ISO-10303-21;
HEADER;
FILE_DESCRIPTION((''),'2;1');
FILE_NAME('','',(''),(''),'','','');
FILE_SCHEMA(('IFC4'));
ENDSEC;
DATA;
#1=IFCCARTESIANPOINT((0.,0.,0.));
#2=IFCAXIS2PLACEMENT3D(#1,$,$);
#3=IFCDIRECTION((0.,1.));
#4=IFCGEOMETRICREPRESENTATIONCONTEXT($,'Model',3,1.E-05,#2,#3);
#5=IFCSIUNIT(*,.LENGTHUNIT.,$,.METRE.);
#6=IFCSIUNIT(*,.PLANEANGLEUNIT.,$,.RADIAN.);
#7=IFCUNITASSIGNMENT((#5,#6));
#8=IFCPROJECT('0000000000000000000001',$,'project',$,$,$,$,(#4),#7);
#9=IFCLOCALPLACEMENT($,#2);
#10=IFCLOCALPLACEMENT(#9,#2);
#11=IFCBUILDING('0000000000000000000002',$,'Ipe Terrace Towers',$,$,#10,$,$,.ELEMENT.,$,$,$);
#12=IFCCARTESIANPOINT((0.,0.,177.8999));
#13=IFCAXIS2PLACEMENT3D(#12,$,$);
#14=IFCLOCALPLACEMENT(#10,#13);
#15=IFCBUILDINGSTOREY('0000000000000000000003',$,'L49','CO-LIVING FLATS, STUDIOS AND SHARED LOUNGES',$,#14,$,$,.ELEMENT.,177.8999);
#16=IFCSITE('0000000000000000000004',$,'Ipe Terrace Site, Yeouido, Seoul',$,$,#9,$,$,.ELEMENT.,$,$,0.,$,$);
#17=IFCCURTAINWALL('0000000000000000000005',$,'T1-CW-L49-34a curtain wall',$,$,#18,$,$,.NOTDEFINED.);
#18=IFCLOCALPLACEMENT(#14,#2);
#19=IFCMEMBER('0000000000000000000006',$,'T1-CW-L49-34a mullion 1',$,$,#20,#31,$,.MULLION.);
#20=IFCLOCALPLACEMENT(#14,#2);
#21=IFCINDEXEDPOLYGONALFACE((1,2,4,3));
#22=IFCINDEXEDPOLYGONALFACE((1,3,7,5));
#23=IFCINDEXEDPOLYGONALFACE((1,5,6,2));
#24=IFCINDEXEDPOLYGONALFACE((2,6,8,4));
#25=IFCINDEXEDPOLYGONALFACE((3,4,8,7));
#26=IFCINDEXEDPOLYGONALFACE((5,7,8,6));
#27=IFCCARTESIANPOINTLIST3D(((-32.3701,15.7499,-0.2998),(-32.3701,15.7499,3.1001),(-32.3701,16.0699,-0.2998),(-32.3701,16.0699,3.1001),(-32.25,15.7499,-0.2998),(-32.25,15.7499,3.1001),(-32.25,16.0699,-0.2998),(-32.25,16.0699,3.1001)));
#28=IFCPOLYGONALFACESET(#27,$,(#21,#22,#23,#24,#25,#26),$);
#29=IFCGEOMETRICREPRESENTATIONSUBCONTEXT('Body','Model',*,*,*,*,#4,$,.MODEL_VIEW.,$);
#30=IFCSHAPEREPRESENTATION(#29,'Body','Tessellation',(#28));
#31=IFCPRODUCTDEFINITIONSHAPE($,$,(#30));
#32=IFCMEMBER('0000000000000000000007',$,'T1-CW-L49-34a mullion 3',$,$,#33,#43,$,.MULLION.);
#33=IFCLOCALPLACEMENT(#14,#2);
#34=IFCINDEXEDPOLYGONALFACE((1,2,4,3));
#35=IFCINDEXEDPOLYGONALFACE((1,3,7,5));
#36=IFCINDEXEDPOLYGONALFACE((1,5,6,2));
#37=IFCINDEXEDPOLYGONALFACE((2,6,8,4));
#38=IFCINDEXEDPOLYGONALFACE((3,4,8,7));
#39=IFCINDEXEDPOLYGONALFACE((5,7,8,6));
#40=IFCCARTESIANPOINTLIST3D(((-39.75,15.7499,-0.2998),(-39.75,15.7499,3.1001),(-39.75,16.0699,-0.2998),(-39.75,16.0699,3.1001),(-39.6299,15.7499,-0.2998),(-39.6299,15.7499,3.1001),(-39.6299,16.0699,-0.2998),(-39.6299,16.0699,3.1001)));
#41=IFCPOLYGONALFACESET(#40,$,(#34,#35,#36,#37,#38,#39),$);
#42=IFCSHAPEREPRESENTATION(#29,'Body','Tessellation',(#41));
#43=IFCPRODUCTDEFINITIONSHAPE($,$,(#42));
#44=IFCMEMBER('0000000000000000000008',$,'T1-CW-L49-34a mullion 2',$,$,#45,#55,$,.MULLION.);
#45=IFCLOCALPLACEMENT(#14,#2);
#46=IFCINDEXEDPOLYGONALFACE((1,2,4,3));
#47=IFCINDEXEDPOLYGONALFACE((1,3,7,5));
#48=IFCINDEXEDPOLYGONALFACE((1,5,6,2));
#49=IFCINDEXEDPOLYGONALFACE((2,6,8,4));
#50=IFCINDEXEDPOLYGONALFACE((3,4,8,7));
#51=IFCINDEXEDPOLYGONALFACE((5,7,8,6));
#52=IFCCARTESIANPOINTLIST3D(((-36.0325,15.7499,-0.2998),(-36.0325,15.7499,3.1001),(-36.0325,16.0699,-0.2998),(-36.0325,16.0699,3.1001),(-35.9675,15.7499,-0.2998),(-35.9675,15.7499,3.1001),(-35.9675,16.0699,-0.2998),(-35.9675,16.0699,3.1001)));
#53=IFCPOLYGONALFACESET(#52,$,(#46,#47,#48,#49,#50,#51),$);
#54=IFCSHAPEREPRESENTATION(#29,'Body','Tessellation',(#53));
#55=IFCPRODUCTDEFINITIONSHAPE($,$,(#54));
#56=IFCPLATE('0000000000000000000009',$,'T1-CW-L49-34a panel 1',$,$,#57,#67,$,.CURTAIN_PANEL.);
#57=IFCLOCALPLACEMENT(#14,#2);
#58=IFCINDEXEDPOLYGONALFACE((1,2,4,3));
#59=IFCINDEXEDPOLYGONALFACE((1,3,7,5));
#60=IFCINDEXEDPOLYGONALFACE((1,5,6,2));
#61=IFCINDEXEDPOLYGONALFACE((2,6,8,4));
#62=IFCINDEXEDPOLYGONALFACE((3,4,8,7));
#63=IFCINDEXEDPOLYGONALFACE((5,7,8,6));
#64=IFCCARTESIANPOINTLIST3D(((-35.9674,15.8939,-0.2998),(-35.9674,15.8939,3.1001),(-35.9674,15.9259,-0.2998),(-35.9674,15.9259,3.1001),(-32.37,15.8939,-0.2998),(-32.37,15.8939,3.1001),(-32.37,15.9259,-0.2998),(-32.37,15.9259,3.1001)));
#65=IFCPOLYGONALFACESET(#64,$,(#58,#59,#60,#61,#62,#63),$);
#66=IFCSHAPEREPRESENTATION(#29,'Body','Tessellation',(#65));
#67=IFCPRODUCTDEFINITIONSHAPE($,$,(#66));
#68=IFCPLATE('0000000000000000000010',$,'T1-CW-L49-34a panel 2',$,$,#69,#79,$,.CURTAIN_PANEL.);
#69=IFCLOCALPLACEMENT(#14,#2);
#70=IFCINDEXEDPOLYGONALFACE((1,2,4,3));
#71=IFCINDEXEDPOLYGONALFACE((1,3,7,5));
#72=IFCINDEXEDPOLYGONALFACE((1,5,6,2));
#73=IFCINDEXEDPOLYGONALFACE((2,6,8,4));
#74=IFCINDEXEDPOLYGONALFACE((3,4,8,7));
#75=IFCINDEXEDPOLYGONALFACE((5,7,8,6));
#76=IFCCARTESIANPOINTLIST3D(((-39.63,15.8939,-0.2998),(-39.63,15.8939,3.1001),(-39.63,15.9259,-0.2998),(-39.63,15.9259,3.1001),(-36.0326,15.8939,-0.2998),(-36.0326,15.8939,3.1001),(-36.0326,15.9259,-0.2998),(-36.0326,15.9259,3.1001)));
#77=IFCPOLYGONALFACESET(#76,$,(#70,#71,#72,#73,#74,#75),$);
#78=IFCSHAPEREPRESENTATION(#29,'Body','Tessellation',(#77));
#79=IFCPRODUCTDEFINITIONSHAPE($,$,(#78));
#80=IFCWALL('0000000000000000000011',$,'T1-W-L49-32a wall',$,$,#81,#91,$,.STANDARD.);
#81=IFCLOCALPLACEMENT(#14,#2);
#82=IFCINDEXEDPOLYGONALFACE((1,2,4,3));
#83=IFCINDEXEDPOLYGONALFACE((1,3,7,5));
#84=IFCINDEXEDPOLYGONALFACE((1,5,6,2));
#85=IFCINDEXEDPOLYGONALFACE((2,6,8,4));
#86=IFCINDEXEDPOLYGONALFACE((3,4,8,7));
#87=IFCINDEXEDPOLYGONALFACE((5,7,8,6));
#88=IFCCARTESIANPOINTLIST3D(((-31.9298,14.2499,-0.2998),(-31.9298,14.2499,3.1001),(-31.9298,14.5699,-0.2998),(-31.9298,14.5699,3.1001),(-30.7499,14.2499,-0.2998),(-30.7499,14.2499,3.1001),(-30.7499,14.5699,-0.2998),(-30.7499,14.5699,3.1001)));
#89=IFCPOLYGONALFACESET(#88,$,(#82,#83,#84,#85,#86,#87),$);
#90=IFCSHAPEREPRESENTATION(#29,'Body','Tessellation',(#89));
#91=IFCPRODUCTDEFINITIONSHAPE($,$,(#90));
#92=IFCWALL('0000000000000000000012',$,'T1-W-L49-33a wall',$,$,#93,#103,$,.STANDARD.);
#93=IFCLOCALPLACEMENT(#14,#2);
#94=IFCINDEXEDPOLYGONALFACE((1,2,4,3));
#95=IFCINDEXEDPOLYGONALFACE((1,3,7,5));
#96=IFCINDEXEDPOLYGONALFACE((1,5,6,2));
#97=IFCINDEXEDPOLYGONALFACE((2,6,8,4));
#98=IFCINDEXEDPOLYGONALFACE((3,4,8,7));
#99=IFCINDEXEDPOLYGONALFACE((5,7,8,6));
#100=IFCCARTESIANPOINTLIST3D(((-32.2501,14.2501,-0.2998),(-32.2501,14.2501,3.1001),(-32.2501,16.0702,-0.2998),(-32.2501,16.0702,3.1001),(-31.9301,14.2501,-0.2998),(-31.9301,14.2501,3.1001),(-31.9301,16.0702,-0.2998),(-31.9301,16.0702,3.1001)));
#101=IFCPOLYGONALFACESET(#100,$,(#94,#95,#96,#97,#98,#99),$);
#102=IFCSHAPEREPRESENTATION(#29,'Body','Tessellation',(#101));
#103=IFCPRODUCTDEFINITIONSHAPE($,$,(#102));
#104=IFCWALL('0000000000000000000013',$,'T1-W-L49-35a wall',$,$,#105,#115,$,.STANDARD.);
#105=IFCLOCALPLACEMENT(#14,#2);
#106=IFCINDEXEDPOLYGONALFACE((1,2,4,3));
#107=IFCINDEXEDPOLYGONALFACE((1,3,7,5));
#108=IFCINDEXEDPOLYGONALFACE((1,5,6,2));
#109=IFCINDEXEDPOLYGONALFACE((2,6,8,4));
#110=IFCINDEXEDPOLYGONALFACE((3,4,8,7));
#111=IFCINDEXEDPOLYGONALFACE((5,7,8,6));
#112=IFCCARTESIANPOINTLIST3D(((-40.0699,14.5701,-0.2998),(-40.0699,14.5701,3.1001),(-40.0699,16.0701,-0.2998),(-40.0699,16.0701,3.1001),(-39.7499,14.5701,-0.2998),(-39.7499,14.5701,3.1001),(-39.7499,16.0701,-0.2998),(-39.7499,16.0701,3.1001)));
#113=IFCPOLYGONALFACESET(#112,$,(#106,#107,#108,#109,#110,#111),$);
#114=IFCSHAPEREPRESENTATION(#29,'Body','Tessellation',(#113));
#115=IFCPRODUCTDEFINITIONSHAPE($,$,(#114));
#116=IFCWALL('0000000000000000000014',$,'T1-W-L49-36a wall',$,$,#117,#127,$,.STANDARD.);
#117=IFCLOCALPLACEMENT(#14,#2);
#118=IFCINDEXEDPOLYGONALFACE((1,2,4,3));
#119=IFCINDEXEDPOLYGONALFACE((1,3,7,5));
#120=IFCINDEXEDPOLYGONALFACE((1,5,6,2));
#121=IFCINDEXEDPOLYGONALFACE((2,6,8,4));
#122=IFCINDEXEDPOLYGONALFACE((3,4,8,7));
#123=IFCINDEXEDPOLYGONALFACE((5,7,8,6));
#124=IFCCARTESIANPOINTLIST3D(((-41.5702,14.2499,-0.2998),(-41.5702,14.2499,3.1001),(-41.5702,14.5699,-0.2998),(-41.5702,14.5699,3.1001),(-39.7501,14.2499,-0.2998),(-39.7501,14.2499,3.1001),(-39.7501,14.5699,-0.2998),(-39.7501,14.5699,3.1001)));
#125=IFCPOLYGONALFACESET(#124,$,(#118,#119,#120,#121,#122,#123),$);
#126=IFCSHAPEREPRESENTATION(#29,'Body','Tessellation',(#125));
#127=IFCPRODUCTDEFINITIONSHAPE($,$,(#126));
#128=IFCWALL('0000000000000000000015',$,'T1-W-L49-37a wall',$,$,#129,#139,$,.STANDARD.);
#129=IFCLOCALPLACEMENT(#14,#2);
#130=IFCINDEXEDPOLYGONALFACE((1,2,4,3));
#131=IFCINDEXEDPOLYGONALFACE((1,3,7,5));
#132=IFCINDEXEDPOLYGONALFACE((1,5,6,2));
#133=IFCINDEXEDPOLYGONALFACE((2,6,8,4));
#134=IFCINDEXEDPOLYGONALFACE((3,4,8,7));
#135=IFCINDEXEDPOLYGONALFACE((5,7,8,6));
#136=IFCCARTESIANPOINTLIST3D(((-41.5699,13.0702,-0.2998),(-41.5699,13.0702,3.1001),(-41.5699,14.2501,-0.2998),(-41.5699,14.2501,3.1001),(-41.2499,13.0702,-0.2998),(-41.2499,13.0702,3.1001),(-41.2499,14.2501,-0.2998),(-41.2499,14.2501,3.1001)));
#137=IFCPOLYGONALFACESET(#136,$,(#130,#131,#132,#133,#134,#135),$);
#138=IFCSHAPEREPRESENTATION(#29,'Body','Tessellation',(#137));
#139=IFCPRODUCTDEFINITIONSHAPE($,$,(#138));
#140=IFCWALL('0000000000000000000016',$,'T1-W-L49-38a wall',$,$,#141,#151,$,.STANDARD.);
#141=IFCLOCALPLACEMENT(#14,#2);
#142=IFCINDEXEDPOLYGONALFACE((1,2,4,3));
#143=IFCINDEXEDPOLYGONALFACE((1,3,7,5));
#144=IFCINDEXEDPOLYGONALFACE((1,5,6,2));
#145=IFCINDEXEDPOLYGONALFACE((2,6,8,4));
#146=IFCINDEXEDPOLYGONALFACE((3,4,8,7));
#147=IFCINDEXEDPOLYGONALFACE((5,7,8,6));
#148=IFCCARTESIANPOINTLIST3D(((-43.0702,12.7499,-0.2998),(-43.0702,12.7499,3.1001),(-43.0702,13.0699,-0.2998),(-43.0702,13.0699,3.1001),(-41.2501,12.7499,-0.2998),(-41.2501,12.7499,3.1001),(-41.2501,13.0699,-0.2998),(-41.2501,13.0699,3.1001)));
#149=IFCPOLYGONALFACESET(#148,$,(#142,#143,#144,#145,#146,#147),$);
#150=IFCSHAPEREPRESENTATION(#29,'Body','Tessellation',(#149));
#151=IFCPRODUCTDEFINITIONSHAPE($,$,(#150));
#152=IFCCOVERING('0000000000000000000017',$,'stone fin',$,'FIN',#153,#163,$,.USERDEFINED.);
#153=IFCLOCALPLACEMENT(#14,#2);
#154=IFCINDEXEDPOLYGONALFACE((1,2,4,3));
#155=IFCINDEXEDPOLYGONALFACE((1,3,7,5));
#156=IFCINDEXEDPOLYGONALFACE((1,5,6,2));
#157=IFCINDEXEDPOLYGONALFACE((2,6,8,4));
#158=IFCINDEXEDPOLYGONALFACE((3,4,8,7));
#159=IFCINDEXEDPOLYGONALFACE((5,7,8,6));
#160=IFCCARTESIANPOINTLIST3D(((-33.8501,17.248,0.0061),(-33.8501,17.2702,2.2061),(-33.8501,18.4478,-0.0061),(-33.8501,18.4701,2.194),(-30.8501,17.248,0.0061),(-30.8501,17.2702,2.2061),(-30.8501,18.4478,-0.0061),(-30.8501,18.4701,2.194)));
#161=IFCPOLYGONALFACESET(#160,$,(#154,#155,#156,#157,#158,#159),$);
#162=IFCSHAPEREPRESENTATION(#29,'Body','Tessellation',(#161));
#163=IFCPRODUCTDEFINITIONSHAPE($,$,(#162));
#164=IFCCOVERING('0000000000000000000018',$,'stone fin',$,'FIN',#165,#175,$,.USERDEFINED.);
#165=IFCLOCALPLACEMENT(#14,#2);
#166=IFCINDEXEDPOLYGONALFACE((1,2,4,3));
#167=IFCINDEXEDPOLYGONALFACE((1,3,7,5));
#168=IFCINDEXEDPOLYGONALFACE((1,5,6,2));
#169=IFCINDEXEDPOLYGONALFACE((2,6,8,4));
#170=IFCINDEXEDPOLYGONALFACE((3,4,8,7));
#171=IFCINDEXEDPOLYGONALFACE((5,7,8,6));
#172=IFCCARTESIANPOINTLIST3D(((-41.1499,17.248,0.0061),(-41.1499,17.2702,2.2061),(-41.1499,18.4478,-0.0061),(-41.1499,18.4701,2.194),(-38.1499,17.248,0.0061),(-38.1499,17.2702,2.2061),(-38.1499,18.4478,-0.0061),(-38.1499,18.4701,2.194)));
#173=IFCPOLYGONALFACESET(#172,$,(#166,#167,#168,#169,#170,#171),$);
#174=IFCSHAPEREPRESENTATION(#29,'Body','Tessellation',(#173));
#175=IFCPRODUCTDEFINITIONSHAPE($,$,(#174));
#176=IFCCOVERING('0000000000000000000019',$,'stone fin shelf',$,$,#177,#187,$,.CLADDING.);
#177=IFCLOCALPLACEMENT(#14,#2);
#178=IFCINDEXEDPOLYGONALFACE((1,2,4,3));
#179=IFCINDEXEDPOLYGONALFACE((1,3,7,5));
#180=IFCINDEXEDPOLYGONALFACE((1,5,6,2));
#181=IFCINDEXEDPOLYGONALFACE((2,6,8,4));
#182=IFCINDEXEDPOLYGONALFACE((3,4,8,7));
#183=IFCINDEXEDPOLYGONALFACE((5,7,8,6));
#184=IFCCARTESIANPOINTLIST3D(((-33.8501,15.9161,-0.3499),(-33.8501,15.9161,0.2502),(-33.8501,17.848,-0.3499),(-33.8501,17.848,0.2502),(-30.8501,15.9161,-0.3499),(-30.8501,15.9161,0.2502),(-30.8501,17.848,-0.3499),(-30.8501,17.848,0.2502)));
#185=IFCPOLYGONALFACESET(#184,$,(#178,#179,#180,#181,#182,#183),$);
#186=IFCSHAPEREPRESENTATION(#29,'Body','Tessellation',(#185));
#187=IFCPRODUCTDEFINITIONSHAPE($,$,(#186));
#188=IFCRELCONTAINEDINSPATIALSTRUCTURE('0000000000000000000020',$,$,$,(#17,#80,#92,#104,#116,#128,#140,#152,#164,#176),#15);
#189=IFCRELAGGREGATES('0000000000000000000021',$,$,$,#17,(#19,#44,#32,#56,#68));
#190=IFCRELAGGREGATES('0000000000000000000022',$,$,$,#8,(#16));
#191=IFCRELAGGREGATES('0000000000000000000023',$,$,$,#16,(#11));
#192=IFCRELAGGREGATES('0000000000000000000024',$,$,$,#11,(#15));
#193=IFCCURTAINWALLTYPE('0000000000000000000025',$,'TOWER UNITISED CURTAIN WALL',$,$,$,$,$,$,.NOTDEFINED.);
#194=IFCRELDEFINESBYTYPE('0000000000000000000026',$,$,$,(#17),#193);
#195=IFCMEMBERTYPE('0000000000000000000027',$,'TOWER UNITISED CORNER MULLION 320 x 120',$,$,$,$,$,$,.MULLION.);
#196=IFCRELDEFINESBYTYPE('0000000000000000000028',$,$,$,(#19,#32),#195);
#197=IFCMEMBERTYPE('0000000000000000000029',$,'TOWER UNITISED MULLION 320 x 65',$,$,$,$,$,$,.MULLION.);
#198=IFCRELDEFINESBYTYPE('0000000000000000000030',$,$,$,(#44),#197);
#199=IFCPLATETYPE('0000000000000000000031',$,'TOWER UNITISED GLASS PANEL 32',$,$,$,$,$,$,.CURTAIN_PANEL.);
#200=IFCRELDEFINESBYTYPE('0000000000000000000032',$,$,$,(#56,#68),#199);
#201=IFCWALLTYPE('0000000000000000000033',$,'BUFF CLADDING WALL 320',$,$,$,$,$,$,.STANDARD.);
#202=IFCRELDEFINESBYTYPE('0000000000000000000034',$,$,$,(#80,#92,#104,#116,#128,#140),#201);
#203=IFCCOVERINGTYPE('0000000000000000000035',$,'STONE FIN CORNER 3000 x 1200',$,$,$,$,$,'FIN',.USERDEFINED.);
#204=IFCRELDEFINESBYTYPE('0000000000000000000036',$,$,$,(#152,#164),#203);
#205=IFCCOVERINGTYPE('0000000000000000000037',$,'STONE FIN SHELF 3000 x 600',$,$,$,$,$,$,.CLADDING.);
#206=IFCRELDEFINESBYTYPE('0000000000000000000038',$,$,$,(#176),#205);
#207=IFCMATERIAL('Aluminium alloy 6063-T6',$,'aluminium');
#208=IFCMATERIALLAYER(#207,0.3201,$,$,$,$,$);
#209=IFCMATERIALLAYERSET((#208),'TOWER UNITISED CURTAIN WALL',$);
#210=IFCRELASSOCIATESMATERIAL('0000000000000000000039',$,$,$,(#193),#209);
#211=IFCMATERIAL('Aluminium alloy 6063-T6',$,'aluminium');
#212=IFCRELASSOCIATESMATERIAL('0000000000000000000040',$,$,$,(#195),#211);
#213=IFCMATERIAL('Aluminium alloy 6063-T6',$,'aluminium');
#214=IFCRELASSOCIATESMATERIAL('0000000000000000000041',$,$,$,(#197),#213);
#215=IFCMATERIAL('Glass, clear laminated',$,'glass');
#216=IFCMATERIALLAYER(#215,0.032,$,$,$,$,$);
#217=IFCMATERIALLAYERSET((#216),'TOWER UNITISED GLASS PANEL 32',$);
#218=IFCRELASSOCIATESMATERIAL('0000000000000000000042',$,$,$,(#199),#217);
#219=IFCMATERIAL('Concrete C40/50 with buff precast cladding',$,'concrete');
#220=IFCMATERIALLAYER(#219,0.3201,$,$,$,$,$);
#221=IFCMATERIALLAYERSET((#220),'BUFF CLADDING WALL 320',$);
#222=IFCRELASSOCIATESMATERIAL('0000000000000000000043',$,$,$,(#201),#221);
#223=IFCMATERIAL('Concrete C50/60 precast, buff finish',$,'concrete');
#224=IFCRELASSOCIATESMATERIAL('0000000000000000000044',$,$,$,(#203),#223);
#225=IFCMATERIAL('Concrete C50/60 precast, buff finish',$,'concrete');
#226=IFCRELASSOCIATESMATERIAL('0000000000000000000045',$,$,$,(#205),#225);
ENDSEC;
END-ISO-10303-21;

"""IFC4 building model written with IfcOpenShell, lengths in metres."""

from ifc_helpers import new_model, si_unit, direction, frame, frame_2d, origin, origin_2d, place, context, subcontext, project, spatial, rectangle, extrude, material, layer, layer_set, material_profile, profile_set, type_object, element, aggregate, save


model = new_model("IFC4")

# Units and contexts
model_context = context("Model", 3, precision=1e-05, world=origin(), true_north=direction((0.0, 1.0)))
body_context = subcontext(model_context, "Body", "Model", "MODEL_VIEW")
ifc_project = project(units=[si_unit("LENGTHUNIT", "METRE"), si_unit("PLANEANGLEUNIT", "RADIAN")], contexts=[model_context])

# Site, building, storey
site_placement = place(None, origin())
site = spatial("IfcSite", under=ifc_project, at=site_placement, Name="Ipe Terrace Site, Yeouido, Seoul", CompositionType="ELEMENT", RefElevation=0.0)
building_placement = place(site_placement, origin())
building = spatial("IfcBuilding", under=site, at=building_placement, Name="Ipe Terrace Towers", CompositionType="ELEMENT")
storey_placement = place(building_placement, frame((0.0, 0.0, 177.8999)))
storey = spatial("IfcBuildingStorey", under=building, at=storey_placement, Name="L49", Description="CO-LIVING FLATS, STUDIOS AND SHARED LOUNGES", CompositionType="ELEMENT", Elevation=177.8999)

# Curtain wall, members, plates
ifc_material_1 = material(Name="Aluminium alloy 6063-T6", Category="aluminium")
ifc_layer_1 = layer(ifc_material_1, 0.3201)
ifc_layer_set_1 = layer_set([ifc_layer_1], Name="TOWER UNITISED CURTAIN WALL")
curtain_wall_type = type_object("IfcCurtainWallType", Name="TOWER UNITISED CURTAIN WALL", PredefinedType="NOTDEFINED", material=ifc_layer_set_1)
curtain_wall_placement = place(storey_placement, origin())
curtain_wall = element("IfcCurtainWall", 1, at=curtain_wall_placement, inside=storey, type_object=curtain_wall_type, Name="T1-CW-L49-34a curtain wall", PredefinedType="NOTDEFINED")
ifc_material_2 = material(Name="Aluminium alloy 6063-T6", Category="aluminium")
ifc_material_profile_1 = material_profile(ifc_material_2, rectangle(XDim=0.3201, YDim=0.1201, at=origin_2d()), Name="TOWER UNITISED CORNER MULLION 320 x 120")
ifc_profile_set_1 = profile_set([ifc_material_profile_1], Name="Aluminium alloy 6063-T6")
member_type_1 = type_object("IfcMemberType", Name="TOWER UNITISED CORNER MULLION 320 x 120", PredefinedType="MULLION", material=ifc_profile_set_1)
member_1_placement = place(storey_placement, frame((-32.3101, 15.9099, -0.2998), z_axis=(0.0, 0.0, 1.0), x_axis=(0.0, 1.0, 0.0)))
member_1 = element("IfcMember", 2, at=member_1_placement, type_object=member_type_1, Name="T1-CW-L49-34a mullion 1", PredefinedType="MULLION", context=body_context, shape_type="SweptSolid", body=[
    extrude(rectangle(XDim=0.3201, YDim=0.1201, at=origin_2d()), origin(), (0.0, 0.0, 1.0), 3.3999),
])
member_2_placement = place(storey_placement, frame((-39.6899, 15.9099, -0.2998), z_axis=(0.0, 0.0, 1.0), x_axis=(0.0, 1.0, 0.0)))
member_2 = element("IfcMember", 3, at=member_2_placement, type_object=member_type_1, Name="T1-CW-L49-34a mullion 3", PredefinedType="MULLION", context=body_context, shape_type="SweptSolid", body=[
    extrude(rectangle(XDim=0.3201, YDim=0.1201, at=origin_2d()), origin(), (0.0, 0.0, 1.0), 3.3999),
])
ifc_material_3 = material(Name="Aluminium alloy 6063-T6", Category="aluminium")
ifc_material_profile_2 = material_profile(ifc_material_3, rectangle(XDim=0.3201, YDim=0.0649, at=origin_2d()), Name="TOWER UNITISED MULLION 320 x 65")
ifc_profile_set_2 = profile_set([ifc_material_profile_2], Name="Aluminium alloy 6063-T6")
member_type_2 = type_object("IfcMemberType", Name="TOWER UNITISED MULLION 320 x 65", PredefinedType="MULLION", material=ifc_profile_set_2)
member_3_placement = place(storey_placement, frame((-36.0, 15.9099, -0.2998), z_axis=(0.0, 0.0, 1.0), x_axis=(0.0, 1.0, 0.0)))
member_3 = element("IfcMember", 4, at=member_3_placement, type_object=member_type_2, Name="T1-CW-L49-34a mullion 2", PredefinedType="MULLION", context=body_context, shape_type="SweptSolid", body=[
    extrude(rectangle(XDim=0.3201, YDim=0.0649, at=origin_2d()), origin(), (0.0, 0.0, 1.0), 3.3999),
])
ifc_material_4 = material(Name="Glass, clear laminated", Category="glass")
ifc_layer_2 = layer(ifc_material_4, 0.032)
ifc_layer_set_2 = layer_set([ifc_layer_2], Name="TOWER UNITISED GLASS PANEL 32")
plate_type = type_object("IfcPlateType", Name="TOWER UNITISED GLASS PANEL 32", PredefinedType="CURTAIN_PANEL", material=ifc_layer_set_2)
plate_1_placement = place(storey_placement, frame((-34.1687, 15.9099, -0.2998), z_axis=(0.0, 0.0, 1.0), x_axis=(-1.0, 0.0, 0.0)))
plate_1 = element("IfcPlate", 5, at=plate_1_placement, type_object=plate_type, Name="T1-CW-L49-34a panel 1", PredefinedType="CURTAIN_PANEL", context=body_context, shape_type="SweptSolid", body=[
    extrude(rectangle(XDim=3.5974, YDim=0.032, at=origin_2d()), origin(), (0.0, 0.0, 1.0), 3.3999),
])
plate_2_placement = place(storey_placement, frame((-37.8313, 15.9099, -0.2998), z_axis=(0.0, 0.0, 1.0), x_axis=(-1.0, 0.0, 0.0)))
plate_2 = element("IfcPlate", 6, at=plate_2_placement, type_object=plate_type, Name="T1-CW-L49-34a panel 2", PredefinedType="CURTAIN_PANEL", context=body_context, shape_type="SweptSolid", body=[
    extrude(rectangle(XDim=3.5974, YDim=0.032, at=origin_2d()), origin(), (0.0, 0.0, 1.0), 3.3999),
])
aggregate(curtain_wall, [member_1, member_3, member_2, plate_1, plate_2])

# Walls
ifc_material_5 = material(Name="Concrete C40/50 with buff precast cladding", Category="concrete")
ifc_layer_3 = layer(ifc_material_5, 0.3201)
ifc_layer_set_3 = layer_set([ifc_layer_3], Name="BUFF CLADDING WALL 320")
wall_type = type_object("IfcWallType", Name="BUFF CLADDING WALL 320", PredefinedType="STANDARD", material=ifc_layer_set_3)
wall_1_placement = place(storey_placement, frame((-30.75, 14.4099, -0.2998), z_axis=(0.0, 0.0, 1.0), x_axis=(-1.0, 0.0, 0.0)))
element("IfcWall", 7, at=wall_1_placement, inside=storey, type_object=wall_type, Name="T1-W-L49-32a wall", PredefinedType="STANDARD", context=body_context, shape_type="SweptSolid", body=[
    extrude(rectangle(XDim=1.1799, YDim=0.3201, at=frame_2d((0.5898, 0.0))), origin(), (0.0, 0.0, 1.0), 3.3999),
])
wall_2_placement = place(storey_placement, frame((-32.0901, 14.25, -0.2998), z_axis=(0.0, 0.0, 1.0), x_axis=(0.0, 1.0, 0.0)))
element("IfcWall", 8, at=wall_2_placement, inside=storey, type_object=wall_type, Name="T1-W-L49-33a wall", PredefinedType="STANDARD", context=body_context, shape_type="SweptSolid", body=[
    extrude(rectangle(XDim=1.8201, YDim=0.3201, at=frame_2d((0.9102, 0.0))), origin(), (0.0, 0.0, 1.0), 3.3999),
])
wall_3_placement = place(storey_placement, frame((-39.9099, 16.0701, -0.2998), z_axis=(0.0, 0.0, 1.0), x_axis=(0.0, -1.0, 0.0)))
element("IfcWall", 9, at=wall_3_placement, inside=storey, type_object=wall_type, Name="T1-W-L49-35a wall", PredefinedType="STANDARD", context=body_context, shape_type="SweptSolid", body=[
    extrude(rectangle(XDim=1.5, YDim=0.3201, at=frame_2d((0.75, 0.0))), origin(), (0.0, 0.0, 1.0), 3.3999),
])
wall_4_placement = place(storey_placement, frame((-39.75, 14.4099, -0.2998), z_axis=(0.0, 0.0, 1.0), x_axis=(-1.0, 0.0, 0.0)))
element("IfcWall", 10, at=wall_4_placement, inside=storey, type_object=wall_type, Name="T1-W-L49-36a wall", PredefinedType="STANDARD", context=body_context, shape_type="SweptSolid", body=[
    extrude(rectangle(XDim=1.8201, YDim=0.3201, at=frame_2d((0.9102, 0.0))), origin(), (0.0, 0.0, 1.0), 3.3999),
])
wall_5_placement = place(storey_placement, frame((-41.4099, 14.25, -0.2998), z_axis=(0.0, 0.0, 1.0), x_axis=(0.0, -1.0, 0.0)))
element("IfcWall", 11, at=wall_5_placement, inside=storey, type_object=wall_type, Name="T1-W-L49-37a wall", PredefinedType="STANDARD", context=body_context, shape_type="SweptSolid", body=[
    extrude(rectangle(XDim=1.1799, YDim=0.3201, at=frame_2d((0.5898, 0.0))), origin(), (0.0, 0.0, 1.0), 3.3999),
])
wall_6_placement = place(storey_placement, frame((-41.25, 12.9099, -0.2998), z_axis=(0.0, 0.0, 1.0), x_axis=(-1.0, 0.0, 0.0)))
element("IfcWall", 12, at=wall_6_placement, inside=storey, type_object=wall_type, Name="T1-W-L49-38a wall", PredefinedType="STANDARD", context=body_context, shape_type="SweptSolid", body=[
    extrude(rectangle(XDim=1.8201, YDim=0.3201, at=frame_2d((0.9102, 0.0))), origin(), (0.0, 0.0, 1.0), 3.3999),
])

# Coverings
ifc_material_6 = material(Name="Concrete C50/60 precast, buff finish", Category="concrete")
ifc_material_profile_3 = material_profile(ifc_material_6, rectangle(XDim=3.0, YDim=1.2, at=origin_2d()), Name="STONE FIN CORNER 3000 x 1200")
ifc_profile_set_3 = profile_set([ifc_material_profile_3], Name="Concrete C50/60 precast, buff finish")
covering_type_1 = type_object("IfcCoveringType", Name="STONE FIN CORNER 3000 x 1200", ElementType="FIN", PredefinedType="USERDEFINED", material=ifc_profile_set_3)
for number, where, z_axis, x_axis, name in (
    (13, (-32.3501, 17.8479, 0.0), (0.0, 0.010097, 0.999949), (-1.0, 0.0, 0.0), "stone fin"),
    (14, (-39.6499, 17.8479, 0.0), (0.0, 0.010097, 0.999949), (-1.0, 0.0, 0.0), "stone fin"),
):
    element("IfcCovering", number, at=place(storey_placement, frame(where, z_axis=z_axis, x_axis=x_axis)), inside=storey, type_object=covering_type_1, Name=name, ObjectType="FIN", PredefinedType="USERDEFINED", context=body_context, shape_type="SweptSolid", body=[
        extrude(rectangle(XDim=3.0, YDim=1.2, at=origin_2d()), origin(), (0.0, 0.0, 1.0), 2.2002),
    ])
ifc_material_7 = material(Name="Concrete C50/60 precast, buff finish", Category="concrete")
covering_type_2 = type_object("IfcCoveringType", Name="STONE FIN SHELF 3000 x 600", PredefinedType="CLADDING", material=ifc_material_7)
for number, where, z_axis, x_axis, name in (
    (15, (-32.3501, 16.8821, -0.3499), (0.0, 0.0, 1.0), (-1.0, 0.0, 0.0), "stone fin shelf"),
):
    element("IfcCovering", number, at=place(storey_placement, frame(where, z_axis=z_axis, x_axis=x_axis)), inside=storey, type_object=covering_type_2, Name=name, PredefinedType="CLADDING", context=body_context, shape_type="SweptSolid", body=[
        extrude(rectangle(XDim=3.0, YDim=1.9319, at=origin_2d()), origin(), (0.0, 0.0, 1.0), 0.6001),
    ])

save(model, "model.ifc")
